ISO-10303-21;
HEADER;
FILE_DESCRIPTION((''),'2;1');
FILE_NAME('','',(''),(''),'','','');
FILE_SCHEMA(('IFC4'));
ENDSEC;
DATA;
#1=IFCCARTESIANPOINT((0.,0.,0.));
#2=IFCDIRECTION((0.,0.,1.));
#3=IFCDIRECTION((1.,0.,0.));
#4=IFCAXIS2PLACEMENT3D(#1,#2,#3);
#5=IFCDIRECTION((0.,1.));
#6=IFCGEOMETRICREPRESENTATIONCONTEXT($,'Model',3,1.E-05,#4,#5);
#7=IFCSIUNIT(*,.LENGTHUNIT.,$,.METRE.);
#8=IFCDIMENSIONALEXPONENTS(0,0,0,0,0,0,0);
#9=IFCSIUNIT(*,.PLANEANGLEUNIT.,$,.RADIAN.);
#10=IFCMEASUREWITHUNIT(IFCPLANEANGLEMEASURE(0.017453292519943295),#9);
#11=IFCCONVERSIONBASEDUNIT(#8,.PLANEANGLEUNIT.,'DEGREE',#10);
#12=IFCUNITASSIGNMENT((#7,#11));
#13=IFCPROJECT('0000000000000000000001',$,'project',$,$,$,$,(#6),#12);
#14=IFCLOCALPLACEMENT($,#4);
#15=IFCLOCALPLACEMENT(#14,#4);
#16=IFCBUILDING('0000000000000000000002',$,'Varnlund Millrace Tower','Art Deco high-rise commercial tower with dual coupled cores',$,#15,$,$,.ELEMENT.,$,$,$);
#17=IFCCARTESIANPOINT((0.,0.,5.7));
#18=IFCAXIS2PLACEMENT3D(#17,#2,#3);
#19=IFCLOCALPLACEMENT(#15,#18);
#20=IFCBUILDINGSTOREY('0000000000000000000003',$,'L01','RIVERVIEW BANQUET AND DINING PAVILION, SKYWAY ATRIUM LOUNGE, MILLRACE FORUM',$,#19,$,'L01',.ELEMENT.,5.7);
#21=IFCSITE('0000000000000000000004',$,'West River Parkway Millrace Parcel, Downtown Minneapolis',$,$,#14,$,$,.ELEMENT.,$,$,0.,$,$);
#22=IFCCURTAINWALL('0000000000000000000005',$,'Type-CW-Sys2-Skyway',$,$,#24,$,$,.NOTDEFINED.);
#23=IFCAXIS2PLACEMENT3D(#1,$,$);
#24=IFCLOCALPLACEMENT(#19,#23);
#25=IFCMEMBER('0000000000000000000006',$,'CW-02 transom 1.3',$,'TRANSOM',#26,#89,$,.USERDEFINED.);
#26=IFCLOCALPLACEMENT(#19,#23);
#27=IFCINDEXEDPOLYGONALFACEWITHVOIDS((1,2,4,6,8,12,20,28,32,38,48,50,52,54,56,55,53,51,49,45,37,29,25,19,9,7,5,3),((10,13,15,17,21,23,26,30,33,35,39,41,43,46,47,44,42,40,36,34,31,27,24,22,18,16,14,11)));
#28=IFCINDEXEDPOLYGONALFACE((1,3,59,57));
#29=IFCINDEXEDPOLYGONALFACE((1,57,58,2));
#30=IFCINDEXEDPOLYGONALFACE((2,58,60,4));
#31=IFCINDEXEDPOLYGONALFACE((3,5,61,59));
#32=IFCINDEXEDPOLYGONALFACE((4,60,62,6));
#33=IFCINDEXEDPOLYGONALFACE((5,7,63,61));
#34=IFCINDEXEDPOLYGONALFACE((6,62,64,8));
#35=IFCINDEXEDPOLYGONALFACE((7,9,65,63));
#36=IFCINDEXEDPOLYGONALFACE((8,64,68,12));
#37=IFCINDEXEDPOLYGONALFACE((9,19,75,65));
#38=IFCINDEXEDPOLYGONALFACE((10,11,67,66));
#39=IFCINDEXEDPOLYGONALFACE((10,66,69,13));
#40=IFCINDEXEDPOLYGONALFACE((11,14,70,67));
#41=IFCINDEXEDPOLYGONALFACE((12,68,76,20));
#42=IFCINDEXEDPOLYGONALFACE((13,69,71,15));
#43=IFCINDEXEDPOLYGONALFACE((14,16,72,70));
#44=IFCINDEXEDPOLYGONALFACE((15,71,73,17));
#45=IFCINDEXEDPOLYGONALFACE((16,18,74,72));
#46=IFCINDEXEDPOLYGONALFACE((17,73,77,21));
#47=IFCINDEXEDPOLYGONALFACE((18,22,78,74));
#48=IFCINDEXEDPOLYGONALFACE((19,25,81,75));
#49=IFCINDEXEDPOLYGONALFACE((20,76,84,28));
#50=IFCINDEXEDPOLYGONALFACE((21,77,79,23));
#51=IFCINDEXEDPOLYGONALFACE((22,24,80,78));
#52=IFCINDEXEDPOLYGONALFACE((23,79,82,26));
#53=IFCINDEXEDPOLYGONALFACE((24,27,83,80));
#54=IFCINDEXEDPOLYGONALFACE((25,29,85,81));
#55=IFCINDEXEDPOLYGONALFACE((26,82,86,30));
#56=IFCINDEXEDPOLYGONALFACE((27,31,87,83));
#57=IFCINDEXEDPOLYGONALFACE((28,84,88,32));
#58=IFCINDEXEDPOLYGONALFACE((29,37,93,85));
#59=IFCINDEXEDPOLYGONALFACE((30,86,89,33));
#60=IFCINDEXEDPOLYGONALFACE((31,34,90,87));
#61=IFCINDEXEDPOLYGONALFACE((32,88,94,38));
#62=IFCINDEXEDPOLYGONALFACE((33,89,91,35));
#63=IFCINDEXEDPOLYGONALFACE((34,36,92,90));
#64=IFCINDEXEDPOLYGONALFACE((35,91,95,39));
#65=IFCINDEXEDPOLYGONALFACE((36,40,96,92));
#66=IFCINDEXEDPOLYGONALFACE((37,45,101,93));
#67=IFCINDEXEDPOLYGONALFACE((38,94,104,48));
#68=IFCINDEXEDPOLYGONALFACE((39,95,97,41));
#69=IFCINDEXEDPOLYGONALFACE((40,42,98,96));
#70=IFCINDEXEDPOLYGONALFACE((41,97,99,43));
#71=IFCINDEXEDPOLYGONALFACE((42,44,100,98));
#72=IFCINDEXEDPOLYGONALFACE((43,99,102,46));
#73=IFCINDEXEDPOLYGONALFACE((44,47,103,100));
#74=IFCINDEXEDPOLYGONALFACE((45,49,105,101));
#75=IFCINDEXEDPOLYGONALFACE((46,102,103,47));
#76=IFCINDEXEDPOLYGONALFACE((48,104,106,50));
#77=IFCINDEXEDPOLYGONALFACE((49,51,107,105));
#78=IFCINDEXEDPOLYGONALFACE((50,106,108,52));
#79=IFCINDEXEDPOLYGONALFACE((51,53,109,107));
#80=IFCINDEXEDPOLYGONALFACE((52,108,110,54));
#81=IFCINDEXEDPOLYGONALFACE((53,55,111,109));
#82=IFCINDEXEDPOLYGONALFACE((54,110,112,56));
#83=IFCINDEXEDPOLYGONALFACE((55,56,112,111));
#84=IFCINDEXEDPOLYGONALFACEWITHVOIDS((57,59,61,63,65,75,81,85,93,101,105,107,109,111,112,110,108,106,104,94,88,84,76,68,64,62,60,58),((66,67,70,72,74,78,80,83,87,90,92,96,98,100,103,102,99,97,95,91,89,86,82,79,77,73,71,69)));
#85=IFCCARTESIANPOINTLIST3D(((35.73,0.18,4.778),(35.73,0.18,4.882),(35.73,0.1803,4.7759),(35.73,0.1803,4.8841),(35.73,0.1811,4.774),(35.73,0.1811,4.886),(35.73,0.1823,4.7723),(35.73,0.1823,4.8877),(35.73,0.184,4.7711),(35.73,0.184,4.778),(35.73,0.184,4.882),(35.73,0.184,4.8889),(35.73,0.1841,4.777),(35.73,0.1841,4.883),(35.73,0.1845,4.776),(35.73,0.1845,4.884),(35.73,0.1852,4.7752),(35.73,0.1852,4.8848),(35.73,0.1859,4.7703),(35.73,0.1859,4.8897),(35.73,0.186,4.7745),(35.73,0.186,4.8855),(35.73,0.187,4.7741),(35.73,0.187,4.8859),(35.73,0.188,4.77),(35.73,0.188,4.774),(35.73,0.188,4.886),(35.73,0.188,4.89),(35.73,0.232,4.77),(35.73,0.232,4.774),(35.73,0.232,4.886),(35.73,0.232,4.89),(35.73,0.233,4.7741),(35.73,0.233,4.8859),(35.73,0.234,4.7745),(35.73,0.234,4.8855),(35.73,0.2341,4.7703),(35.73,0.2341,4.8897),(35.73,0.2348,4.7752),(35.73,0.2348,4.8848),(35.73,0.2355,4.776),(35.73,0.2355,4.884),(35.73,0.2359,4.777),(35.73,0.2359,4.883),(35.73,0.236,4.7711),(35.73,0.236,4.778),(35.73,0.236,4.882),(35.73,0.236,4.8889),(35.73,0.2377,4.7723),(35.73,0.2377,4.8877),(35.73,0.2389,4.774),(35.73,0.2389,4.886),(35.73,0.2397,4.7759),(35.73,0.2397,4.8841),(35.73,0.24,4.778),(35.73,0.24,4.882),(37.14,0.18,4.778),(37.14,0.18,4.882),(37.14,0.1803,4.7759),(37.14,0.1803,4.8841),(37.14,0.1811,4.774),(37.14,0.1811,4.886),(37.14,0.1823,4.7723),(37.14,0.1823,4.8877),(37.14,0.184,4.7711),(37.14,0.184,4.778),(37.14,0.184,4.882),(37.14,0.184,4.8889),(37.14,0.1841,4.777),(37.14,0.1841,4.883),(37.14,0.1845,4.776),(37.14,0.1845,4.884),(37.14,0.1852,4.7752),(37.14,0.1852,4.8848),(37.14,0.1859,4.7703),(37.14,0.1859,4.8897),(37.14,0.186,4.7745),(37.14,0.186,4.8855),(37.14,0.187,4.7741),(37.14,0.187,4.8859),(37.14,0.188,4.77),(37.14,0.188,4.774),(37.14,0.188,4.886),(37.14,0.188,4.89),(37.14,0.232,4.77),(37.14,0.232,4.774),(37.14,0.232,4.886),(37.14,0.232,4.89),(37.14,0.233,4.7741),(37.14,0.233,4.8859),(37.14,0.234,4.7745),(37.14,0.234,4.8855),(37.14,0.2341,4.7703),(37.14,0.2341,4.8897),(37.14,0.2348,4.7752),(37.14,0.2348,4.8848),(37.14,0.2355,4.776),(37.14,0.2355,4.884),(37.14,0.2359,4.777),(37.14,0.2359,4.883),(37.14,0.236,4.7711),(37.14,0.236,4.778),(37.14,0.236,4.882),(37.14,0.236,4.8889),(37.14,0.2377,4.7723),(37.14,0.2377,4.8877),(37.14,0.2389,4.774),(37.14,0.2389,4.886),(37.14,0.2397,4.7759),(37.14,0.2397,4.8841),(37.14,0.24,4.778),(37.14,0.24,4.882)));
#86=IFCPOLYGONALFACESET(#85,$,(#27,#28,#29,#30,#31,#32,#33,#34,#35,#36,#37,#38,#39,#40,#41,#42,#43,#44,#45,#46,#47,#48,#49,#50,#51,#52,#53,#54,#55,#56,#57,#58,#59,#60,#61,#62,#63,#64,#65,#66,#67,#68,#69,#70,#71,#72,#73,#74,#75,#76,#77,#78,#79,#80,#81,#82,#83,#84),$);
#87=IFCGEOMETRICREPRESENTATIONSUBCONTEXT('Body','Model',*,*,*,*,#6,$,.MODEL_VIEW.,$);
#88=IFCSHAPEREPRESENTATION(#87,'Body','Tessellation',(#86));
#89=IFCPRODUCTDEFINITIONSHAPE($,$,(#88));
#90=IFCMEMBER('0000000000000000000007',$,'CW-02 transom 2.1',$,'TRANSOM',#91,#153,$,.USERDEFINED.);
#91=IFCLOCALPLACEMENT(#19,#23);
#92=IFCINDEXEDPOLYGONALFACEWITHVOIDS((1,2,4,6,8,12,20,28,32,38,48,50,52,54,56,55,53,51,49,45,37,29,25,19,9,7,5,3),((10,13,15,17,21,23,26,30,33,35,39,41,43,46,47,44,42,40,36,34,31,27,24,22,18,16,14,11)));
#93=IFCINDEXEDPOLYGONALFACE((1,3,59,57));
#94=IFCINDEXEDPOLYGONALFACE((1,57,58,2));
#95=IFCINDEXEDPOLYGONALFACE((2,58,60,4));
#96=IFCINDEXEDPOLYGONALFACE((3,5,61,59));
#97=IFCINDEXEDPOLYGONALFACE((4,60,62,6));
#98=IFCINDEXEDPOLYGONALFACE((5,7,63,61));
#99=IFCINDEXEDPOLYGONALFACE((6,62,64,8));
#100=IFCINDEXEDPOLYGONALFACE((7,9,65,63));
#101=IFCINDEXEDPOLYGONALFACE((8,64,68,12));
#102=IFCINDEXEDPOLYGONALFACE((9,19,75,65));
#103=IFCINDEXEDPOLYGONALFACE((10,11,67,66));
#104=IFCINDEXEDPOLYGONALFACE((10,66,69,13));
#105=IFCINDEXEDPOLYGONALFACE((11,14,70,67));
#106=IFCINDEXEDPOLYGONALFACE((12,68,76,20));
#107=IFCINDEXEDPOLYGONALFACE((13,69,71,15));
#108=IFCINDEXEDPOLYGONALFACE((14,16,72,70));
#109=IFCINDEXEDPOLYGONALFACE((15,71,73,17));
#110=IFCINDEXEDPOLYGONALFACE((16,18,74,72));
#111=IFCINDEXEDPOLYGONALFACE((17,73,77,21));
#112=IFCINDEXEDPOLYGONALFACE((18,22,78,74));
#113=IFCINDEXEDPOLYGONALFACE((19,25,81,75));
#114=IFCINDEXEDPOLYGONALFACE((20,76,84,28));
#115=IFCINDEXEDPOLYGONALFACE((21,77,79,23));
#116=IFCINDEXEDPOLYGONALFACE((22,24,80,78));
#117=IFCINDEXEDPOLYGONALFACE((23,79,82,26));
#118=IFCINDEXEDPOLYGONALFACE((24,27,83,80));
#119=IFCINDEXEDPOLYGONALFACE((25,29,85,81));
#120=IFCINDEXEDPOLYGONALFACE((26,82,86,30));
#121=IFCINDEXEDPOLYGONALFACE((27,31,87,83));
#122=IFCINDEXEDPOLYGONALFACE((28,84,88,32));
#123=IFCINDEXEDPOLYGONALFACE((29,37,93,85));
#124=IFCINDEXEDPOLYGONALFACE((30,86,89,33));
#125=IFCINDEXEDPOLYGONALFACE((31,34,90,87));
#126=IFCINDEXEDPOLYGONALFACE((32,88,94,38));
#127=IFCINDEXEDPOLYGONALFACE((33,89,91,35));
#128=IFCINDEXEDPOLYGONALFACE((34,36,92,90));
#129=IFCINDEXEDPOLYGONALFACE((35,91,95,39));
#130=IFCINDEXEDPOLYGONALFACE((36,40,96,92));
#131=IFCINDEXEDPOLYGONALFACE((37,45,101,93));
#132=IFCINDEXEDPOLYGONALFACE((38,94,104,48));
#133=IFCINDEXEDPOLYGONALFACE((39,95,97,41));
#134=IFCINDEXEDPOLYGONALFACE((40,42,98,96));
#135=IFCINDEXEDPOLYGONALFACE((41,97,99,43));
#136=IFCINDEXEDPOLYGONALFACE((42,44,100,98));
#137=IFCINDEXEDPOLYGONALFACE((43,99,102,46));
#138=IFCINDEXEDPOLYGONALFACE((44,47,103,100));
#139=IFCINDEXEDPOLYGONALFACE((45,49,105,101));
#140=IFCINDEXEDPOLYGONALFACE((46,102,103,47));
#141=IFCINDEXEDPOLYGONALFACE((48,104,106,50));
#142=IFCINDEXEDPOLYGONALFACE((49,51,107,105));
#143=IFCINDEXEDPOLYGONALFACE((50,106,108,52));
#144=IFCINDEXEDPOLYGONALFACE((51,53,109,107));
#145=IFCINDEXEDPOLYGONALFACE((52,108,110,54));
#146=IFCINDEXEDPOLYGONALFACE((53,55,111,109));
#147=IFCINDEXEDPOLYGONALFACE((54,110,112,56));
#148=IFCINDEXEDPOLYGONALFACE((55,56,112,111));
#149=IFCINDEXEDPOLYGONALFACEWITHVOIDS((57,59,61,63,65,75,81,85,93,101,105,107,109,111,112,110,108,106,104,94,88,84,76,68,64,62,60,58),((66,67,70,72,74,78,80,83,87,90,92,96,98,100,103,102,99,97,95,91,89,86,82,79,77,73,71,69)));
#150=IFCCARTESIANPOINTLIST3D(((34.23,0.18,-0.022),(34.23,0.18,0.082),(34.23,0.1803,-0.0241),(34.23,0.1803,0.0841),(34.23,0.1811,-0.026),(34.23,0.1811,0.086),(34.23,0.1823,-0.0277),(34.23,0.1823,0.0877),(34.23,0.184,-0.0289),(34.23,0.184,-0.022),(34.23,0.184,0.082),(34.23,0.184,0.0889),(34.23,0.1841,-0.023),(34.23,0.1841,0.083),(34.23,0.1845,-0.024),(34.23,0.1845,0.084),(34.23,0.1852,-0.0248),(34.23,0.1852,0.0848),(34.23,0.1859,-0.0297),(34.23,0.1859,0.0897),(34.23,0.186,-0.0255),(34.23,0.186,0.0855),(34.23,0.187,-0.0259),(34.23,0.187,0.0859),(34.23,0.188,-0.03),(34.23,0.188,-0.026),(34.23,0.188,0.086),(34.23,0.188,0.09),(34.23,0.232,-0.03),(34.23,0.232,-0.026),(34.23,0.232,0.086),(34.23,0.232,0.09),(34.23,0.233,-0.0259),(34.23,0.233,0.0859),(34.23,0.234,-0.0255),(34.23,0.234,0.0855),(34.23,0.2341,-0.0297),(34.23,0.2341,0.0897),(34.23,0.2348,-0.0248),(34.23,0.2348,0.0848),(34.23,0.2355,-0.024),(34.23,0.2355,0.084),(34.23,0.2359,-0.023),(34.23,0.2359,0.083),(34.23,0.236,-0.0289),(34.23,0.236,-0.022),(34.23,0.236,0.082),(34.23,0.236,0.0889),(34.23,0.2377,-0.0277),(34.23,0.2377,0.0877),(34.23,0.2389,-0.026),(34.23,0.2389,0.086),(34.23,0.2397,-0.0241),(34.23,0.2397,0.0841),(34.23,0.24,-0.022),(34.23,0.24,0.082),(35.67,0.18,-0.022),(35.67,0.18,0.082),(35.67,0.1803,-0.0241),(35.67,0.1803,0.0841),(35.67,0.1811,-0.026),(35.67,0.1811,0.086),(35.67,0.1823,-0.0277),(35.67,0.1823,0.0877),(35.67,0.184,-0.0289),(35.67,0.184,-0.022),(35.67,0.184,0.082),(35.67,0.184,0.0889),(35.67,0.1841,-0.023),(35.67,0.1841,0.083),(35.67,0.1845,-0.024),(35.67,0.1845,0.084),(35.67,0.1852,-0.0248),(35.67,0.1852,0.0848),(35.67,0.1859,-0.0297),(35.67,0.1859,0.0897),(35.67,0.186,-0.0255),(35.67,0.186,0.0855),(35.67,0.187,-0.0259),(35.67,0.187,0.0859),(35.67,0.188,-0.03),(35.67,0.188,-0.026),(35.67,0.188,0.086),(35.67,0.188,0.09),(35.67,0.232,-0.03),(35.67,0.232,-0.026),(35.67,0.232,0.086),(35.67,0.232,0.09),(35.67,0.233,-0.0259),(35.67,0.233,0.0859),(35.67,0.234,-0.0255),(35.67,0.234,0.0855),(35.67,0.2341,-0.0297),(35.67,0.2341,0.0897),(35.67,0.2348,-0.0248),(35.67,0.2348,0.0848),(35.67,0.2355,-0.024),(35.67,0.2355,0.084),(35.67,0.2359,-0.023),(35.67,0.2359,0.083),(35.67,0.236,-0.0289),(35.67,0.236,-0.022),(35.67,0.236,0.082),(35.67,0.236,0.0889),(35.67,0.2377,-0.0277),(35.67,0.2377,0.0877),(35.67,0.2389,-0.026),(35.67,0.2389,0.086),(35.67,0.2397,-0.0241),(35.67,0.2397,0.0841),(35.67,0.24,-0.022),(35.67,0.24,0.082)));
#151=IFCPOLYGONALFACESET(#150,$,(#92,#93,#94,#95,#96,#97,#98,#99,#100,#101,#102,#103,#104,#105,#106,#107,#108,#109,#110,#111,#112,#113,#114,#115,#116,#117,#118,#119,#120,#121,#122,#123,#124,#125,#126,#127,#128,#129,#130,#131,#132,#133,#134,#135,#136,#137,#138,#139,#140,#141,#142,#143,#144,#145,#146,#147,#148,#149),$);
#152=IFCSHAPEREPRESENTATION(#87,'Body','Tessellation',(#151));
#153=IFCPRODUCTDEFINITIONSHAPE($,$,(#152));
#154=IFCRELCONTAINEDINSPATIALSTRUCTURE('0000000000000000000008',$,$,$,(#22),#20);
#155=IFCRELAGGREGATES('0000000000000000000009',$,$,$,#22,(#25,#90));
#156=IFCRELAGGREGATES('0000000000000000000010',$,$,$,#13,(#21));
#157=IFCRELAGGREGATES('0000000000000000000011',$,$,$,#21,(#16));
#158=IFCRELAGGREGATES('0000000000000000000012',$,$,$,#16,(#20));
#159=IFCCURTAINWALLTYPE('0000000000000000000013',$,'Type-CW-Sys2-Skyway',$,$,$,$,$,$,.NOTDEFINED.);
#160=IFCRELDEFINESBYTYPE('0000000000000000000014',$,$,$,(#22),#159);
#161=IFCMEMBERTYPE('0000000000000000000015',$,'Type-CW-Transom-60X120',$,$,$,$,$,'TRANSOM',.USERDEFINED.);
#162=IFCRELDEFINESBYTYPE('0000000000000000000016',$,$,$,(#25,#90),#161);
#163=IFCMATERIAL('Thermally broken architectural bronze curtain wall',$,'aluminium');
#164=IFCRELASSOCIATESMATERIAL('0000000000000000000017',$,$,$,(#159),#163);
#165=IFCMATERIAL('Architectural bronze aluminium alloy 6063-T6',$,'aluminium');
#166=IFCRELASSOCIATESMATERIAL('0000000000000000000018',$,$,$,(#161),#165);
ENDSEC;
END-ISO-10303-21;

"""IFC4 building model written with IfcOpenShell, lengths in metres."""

from ifc_helpers import new_model, entity, si_unit, converted_unit, direction, frame, origin_with_axes, origin_2d_with_axis, place, context, subcontext, project, spatial, hollow_rectangle, extrude, material, material_profile, profile_set, type_object, element, aggregate, save


model = new_model("IFC4")

# Units and contexts
model_context = context("Model", 3, precision=1e-05, world=origin_with_axes(), true_north=direction((0.0, 1.0)))
body_context = subcontext(model_context, "Body", "Model", "MODEL_VIEW")
ifc_project = project(units=[si_unit("LENGTHUNIT", "METRE"), converted_unit("PLANEANGLEUNIT", "DEGREE", entity("IfcPlaneAngleMeasure", 0.017453292519943295), si_unit("PLANEANGLEUNIT", "RADIAN"), dimensions=[0, 0, 0, 0, 0, 0, 0])], contexts=[model_context])

# Site, building, storey
site_placement = place(None, origin_with_axes())
site = spatial("IfcSite", under=ifc_project, at=site_placement, Name="West River Parkway Millrace Parcel, Downtown Minneapolis", CompositionType="ELEMENT", RefElevation=0.0)
building_placement = place(site_placement, origin_with_axes())
building = spatial("IfcBuilding", under=site, at=building_placement, Name="Varnlund Millrace Tower", Description="Art Deco high-rise commercial tower with dual coupled cores", CompositionType="ELEMENT")
storey_placement = place(building_placement, frame((0.0, 0.0, 5.7), z_axis=(0.0, 0.0, 1.0), x_axis=(1.0, 0.0, 0.0)))
storey = spatial("IfcBuildingStorey", under=building, at=storey_placement, Name="L01", Description="RIVERVIEW BANQUET AND DINING PAVILION, SKYWAY ATRIUM LOUNGE, MILLRACE FORUM", LongName="L01", CompositionType="ELEMENT", Elevation=5.7)

# Curtain wall, members
ifc_material_1 = material(Name="Thermally broken architectural bronze curtain wall", Category="aluminium")
curtain_wall_type = type_object("IfcCurtainWallType", Name="Type-CW-Sys2-Skyway", PredefinedType="NOTDEFINED", material=ifc_material_1)
curtain_wall_placement = place(storey_placement, frame((37.2, 0.21, 0.0), z_axis=(0.0, 0.0, 1.0), x_axis=(1.0, 0.0, 0.0)))
curtain_wall = element("IfcCurtainWall", 1, at=curtain_wall_placement, inside=storey, type_object=curtain_wall_type, Name="Type-CW-Sys2-Skyway", PredefinedType="NOTDEFINED")
ifc_material_2 = material(Name="Architectural bronze aluminium alloy 6063-T6", Category="aluminium")
ifc_material_profile_1 = material_profile(ifc_material_2, hollow_rectangle(XDim=0.06, YDim=0.12, WallThickness=0.004, InnerFilletRadius=0.004, OuterFilletRadius=0.008, at=origin_2d_with_axis()), Name="Architectural bronze aluminium alloy 6063-T6")
ifc_profile_set_1 = profile_set([ifc_material_profile_1], Name="Architectural bronze aluminium alloy 6063-T6")
member_type_1 = type_object("IfcMemberType", Name="Type-CW-Transom-60X120", ElementType="TRANSOM", PredefinedType="USERDEFINED", material=ifc_profile_set_1)
member_1_placement = place(storey_placement, frame((37.14, 0.21, 4.83), z_axis=(-1.0, 0.0, 0.0), x_axis=(0.0, -1.0, 0.0)))
member_1 = element("IfcMember", 2, at=member_1_placement, type_object=member_type_1, Name="CW-02 transom 1.3", ObjectType="TRANSOM", PredefinedType="USERDEFINED", context=body_context, shape_type="SweptSolid", body=[
    extrude(hollow_rectangle(XDim=0.06, YDim=0.12, WallThickness=0.004, InnerFilletRadius=0.004, OuterFilletRadius=0.008, at=origin_2d_with_axis()), origin_with_axes(), (0.0, 0.0, 1.0), 1.41),
])
member_2_placement = place(storey_placement, frame((35.67, 0.21, 0.03), z_axis=(-1.0, 0.0, 0.0), x_axis=(0.0, -1.0, 0.0)))
member_2 = element("IfcMember", 3, at=member_2_placement, type_object=member_type_1, Name="CW-02 transom 2.1", ObjectType="TRANSOM", PredefinedType="USERDEFINED", context=body_context, shape_type="SweptSolid", body=[
    extrude(hollow_rectangle(XDim=0.06, YDim=0.12, WallThickness=0.004, InnerFilletRadius=0.004, OuterFilletRadius=0.008, at=origin_2d_with_axis()), origin_with_axes(), (0.0, 0.0, 1.0), 1.44),
])
aggregate(curtain_wall, [member_1, member_2])

save(model, "model.ifc")
